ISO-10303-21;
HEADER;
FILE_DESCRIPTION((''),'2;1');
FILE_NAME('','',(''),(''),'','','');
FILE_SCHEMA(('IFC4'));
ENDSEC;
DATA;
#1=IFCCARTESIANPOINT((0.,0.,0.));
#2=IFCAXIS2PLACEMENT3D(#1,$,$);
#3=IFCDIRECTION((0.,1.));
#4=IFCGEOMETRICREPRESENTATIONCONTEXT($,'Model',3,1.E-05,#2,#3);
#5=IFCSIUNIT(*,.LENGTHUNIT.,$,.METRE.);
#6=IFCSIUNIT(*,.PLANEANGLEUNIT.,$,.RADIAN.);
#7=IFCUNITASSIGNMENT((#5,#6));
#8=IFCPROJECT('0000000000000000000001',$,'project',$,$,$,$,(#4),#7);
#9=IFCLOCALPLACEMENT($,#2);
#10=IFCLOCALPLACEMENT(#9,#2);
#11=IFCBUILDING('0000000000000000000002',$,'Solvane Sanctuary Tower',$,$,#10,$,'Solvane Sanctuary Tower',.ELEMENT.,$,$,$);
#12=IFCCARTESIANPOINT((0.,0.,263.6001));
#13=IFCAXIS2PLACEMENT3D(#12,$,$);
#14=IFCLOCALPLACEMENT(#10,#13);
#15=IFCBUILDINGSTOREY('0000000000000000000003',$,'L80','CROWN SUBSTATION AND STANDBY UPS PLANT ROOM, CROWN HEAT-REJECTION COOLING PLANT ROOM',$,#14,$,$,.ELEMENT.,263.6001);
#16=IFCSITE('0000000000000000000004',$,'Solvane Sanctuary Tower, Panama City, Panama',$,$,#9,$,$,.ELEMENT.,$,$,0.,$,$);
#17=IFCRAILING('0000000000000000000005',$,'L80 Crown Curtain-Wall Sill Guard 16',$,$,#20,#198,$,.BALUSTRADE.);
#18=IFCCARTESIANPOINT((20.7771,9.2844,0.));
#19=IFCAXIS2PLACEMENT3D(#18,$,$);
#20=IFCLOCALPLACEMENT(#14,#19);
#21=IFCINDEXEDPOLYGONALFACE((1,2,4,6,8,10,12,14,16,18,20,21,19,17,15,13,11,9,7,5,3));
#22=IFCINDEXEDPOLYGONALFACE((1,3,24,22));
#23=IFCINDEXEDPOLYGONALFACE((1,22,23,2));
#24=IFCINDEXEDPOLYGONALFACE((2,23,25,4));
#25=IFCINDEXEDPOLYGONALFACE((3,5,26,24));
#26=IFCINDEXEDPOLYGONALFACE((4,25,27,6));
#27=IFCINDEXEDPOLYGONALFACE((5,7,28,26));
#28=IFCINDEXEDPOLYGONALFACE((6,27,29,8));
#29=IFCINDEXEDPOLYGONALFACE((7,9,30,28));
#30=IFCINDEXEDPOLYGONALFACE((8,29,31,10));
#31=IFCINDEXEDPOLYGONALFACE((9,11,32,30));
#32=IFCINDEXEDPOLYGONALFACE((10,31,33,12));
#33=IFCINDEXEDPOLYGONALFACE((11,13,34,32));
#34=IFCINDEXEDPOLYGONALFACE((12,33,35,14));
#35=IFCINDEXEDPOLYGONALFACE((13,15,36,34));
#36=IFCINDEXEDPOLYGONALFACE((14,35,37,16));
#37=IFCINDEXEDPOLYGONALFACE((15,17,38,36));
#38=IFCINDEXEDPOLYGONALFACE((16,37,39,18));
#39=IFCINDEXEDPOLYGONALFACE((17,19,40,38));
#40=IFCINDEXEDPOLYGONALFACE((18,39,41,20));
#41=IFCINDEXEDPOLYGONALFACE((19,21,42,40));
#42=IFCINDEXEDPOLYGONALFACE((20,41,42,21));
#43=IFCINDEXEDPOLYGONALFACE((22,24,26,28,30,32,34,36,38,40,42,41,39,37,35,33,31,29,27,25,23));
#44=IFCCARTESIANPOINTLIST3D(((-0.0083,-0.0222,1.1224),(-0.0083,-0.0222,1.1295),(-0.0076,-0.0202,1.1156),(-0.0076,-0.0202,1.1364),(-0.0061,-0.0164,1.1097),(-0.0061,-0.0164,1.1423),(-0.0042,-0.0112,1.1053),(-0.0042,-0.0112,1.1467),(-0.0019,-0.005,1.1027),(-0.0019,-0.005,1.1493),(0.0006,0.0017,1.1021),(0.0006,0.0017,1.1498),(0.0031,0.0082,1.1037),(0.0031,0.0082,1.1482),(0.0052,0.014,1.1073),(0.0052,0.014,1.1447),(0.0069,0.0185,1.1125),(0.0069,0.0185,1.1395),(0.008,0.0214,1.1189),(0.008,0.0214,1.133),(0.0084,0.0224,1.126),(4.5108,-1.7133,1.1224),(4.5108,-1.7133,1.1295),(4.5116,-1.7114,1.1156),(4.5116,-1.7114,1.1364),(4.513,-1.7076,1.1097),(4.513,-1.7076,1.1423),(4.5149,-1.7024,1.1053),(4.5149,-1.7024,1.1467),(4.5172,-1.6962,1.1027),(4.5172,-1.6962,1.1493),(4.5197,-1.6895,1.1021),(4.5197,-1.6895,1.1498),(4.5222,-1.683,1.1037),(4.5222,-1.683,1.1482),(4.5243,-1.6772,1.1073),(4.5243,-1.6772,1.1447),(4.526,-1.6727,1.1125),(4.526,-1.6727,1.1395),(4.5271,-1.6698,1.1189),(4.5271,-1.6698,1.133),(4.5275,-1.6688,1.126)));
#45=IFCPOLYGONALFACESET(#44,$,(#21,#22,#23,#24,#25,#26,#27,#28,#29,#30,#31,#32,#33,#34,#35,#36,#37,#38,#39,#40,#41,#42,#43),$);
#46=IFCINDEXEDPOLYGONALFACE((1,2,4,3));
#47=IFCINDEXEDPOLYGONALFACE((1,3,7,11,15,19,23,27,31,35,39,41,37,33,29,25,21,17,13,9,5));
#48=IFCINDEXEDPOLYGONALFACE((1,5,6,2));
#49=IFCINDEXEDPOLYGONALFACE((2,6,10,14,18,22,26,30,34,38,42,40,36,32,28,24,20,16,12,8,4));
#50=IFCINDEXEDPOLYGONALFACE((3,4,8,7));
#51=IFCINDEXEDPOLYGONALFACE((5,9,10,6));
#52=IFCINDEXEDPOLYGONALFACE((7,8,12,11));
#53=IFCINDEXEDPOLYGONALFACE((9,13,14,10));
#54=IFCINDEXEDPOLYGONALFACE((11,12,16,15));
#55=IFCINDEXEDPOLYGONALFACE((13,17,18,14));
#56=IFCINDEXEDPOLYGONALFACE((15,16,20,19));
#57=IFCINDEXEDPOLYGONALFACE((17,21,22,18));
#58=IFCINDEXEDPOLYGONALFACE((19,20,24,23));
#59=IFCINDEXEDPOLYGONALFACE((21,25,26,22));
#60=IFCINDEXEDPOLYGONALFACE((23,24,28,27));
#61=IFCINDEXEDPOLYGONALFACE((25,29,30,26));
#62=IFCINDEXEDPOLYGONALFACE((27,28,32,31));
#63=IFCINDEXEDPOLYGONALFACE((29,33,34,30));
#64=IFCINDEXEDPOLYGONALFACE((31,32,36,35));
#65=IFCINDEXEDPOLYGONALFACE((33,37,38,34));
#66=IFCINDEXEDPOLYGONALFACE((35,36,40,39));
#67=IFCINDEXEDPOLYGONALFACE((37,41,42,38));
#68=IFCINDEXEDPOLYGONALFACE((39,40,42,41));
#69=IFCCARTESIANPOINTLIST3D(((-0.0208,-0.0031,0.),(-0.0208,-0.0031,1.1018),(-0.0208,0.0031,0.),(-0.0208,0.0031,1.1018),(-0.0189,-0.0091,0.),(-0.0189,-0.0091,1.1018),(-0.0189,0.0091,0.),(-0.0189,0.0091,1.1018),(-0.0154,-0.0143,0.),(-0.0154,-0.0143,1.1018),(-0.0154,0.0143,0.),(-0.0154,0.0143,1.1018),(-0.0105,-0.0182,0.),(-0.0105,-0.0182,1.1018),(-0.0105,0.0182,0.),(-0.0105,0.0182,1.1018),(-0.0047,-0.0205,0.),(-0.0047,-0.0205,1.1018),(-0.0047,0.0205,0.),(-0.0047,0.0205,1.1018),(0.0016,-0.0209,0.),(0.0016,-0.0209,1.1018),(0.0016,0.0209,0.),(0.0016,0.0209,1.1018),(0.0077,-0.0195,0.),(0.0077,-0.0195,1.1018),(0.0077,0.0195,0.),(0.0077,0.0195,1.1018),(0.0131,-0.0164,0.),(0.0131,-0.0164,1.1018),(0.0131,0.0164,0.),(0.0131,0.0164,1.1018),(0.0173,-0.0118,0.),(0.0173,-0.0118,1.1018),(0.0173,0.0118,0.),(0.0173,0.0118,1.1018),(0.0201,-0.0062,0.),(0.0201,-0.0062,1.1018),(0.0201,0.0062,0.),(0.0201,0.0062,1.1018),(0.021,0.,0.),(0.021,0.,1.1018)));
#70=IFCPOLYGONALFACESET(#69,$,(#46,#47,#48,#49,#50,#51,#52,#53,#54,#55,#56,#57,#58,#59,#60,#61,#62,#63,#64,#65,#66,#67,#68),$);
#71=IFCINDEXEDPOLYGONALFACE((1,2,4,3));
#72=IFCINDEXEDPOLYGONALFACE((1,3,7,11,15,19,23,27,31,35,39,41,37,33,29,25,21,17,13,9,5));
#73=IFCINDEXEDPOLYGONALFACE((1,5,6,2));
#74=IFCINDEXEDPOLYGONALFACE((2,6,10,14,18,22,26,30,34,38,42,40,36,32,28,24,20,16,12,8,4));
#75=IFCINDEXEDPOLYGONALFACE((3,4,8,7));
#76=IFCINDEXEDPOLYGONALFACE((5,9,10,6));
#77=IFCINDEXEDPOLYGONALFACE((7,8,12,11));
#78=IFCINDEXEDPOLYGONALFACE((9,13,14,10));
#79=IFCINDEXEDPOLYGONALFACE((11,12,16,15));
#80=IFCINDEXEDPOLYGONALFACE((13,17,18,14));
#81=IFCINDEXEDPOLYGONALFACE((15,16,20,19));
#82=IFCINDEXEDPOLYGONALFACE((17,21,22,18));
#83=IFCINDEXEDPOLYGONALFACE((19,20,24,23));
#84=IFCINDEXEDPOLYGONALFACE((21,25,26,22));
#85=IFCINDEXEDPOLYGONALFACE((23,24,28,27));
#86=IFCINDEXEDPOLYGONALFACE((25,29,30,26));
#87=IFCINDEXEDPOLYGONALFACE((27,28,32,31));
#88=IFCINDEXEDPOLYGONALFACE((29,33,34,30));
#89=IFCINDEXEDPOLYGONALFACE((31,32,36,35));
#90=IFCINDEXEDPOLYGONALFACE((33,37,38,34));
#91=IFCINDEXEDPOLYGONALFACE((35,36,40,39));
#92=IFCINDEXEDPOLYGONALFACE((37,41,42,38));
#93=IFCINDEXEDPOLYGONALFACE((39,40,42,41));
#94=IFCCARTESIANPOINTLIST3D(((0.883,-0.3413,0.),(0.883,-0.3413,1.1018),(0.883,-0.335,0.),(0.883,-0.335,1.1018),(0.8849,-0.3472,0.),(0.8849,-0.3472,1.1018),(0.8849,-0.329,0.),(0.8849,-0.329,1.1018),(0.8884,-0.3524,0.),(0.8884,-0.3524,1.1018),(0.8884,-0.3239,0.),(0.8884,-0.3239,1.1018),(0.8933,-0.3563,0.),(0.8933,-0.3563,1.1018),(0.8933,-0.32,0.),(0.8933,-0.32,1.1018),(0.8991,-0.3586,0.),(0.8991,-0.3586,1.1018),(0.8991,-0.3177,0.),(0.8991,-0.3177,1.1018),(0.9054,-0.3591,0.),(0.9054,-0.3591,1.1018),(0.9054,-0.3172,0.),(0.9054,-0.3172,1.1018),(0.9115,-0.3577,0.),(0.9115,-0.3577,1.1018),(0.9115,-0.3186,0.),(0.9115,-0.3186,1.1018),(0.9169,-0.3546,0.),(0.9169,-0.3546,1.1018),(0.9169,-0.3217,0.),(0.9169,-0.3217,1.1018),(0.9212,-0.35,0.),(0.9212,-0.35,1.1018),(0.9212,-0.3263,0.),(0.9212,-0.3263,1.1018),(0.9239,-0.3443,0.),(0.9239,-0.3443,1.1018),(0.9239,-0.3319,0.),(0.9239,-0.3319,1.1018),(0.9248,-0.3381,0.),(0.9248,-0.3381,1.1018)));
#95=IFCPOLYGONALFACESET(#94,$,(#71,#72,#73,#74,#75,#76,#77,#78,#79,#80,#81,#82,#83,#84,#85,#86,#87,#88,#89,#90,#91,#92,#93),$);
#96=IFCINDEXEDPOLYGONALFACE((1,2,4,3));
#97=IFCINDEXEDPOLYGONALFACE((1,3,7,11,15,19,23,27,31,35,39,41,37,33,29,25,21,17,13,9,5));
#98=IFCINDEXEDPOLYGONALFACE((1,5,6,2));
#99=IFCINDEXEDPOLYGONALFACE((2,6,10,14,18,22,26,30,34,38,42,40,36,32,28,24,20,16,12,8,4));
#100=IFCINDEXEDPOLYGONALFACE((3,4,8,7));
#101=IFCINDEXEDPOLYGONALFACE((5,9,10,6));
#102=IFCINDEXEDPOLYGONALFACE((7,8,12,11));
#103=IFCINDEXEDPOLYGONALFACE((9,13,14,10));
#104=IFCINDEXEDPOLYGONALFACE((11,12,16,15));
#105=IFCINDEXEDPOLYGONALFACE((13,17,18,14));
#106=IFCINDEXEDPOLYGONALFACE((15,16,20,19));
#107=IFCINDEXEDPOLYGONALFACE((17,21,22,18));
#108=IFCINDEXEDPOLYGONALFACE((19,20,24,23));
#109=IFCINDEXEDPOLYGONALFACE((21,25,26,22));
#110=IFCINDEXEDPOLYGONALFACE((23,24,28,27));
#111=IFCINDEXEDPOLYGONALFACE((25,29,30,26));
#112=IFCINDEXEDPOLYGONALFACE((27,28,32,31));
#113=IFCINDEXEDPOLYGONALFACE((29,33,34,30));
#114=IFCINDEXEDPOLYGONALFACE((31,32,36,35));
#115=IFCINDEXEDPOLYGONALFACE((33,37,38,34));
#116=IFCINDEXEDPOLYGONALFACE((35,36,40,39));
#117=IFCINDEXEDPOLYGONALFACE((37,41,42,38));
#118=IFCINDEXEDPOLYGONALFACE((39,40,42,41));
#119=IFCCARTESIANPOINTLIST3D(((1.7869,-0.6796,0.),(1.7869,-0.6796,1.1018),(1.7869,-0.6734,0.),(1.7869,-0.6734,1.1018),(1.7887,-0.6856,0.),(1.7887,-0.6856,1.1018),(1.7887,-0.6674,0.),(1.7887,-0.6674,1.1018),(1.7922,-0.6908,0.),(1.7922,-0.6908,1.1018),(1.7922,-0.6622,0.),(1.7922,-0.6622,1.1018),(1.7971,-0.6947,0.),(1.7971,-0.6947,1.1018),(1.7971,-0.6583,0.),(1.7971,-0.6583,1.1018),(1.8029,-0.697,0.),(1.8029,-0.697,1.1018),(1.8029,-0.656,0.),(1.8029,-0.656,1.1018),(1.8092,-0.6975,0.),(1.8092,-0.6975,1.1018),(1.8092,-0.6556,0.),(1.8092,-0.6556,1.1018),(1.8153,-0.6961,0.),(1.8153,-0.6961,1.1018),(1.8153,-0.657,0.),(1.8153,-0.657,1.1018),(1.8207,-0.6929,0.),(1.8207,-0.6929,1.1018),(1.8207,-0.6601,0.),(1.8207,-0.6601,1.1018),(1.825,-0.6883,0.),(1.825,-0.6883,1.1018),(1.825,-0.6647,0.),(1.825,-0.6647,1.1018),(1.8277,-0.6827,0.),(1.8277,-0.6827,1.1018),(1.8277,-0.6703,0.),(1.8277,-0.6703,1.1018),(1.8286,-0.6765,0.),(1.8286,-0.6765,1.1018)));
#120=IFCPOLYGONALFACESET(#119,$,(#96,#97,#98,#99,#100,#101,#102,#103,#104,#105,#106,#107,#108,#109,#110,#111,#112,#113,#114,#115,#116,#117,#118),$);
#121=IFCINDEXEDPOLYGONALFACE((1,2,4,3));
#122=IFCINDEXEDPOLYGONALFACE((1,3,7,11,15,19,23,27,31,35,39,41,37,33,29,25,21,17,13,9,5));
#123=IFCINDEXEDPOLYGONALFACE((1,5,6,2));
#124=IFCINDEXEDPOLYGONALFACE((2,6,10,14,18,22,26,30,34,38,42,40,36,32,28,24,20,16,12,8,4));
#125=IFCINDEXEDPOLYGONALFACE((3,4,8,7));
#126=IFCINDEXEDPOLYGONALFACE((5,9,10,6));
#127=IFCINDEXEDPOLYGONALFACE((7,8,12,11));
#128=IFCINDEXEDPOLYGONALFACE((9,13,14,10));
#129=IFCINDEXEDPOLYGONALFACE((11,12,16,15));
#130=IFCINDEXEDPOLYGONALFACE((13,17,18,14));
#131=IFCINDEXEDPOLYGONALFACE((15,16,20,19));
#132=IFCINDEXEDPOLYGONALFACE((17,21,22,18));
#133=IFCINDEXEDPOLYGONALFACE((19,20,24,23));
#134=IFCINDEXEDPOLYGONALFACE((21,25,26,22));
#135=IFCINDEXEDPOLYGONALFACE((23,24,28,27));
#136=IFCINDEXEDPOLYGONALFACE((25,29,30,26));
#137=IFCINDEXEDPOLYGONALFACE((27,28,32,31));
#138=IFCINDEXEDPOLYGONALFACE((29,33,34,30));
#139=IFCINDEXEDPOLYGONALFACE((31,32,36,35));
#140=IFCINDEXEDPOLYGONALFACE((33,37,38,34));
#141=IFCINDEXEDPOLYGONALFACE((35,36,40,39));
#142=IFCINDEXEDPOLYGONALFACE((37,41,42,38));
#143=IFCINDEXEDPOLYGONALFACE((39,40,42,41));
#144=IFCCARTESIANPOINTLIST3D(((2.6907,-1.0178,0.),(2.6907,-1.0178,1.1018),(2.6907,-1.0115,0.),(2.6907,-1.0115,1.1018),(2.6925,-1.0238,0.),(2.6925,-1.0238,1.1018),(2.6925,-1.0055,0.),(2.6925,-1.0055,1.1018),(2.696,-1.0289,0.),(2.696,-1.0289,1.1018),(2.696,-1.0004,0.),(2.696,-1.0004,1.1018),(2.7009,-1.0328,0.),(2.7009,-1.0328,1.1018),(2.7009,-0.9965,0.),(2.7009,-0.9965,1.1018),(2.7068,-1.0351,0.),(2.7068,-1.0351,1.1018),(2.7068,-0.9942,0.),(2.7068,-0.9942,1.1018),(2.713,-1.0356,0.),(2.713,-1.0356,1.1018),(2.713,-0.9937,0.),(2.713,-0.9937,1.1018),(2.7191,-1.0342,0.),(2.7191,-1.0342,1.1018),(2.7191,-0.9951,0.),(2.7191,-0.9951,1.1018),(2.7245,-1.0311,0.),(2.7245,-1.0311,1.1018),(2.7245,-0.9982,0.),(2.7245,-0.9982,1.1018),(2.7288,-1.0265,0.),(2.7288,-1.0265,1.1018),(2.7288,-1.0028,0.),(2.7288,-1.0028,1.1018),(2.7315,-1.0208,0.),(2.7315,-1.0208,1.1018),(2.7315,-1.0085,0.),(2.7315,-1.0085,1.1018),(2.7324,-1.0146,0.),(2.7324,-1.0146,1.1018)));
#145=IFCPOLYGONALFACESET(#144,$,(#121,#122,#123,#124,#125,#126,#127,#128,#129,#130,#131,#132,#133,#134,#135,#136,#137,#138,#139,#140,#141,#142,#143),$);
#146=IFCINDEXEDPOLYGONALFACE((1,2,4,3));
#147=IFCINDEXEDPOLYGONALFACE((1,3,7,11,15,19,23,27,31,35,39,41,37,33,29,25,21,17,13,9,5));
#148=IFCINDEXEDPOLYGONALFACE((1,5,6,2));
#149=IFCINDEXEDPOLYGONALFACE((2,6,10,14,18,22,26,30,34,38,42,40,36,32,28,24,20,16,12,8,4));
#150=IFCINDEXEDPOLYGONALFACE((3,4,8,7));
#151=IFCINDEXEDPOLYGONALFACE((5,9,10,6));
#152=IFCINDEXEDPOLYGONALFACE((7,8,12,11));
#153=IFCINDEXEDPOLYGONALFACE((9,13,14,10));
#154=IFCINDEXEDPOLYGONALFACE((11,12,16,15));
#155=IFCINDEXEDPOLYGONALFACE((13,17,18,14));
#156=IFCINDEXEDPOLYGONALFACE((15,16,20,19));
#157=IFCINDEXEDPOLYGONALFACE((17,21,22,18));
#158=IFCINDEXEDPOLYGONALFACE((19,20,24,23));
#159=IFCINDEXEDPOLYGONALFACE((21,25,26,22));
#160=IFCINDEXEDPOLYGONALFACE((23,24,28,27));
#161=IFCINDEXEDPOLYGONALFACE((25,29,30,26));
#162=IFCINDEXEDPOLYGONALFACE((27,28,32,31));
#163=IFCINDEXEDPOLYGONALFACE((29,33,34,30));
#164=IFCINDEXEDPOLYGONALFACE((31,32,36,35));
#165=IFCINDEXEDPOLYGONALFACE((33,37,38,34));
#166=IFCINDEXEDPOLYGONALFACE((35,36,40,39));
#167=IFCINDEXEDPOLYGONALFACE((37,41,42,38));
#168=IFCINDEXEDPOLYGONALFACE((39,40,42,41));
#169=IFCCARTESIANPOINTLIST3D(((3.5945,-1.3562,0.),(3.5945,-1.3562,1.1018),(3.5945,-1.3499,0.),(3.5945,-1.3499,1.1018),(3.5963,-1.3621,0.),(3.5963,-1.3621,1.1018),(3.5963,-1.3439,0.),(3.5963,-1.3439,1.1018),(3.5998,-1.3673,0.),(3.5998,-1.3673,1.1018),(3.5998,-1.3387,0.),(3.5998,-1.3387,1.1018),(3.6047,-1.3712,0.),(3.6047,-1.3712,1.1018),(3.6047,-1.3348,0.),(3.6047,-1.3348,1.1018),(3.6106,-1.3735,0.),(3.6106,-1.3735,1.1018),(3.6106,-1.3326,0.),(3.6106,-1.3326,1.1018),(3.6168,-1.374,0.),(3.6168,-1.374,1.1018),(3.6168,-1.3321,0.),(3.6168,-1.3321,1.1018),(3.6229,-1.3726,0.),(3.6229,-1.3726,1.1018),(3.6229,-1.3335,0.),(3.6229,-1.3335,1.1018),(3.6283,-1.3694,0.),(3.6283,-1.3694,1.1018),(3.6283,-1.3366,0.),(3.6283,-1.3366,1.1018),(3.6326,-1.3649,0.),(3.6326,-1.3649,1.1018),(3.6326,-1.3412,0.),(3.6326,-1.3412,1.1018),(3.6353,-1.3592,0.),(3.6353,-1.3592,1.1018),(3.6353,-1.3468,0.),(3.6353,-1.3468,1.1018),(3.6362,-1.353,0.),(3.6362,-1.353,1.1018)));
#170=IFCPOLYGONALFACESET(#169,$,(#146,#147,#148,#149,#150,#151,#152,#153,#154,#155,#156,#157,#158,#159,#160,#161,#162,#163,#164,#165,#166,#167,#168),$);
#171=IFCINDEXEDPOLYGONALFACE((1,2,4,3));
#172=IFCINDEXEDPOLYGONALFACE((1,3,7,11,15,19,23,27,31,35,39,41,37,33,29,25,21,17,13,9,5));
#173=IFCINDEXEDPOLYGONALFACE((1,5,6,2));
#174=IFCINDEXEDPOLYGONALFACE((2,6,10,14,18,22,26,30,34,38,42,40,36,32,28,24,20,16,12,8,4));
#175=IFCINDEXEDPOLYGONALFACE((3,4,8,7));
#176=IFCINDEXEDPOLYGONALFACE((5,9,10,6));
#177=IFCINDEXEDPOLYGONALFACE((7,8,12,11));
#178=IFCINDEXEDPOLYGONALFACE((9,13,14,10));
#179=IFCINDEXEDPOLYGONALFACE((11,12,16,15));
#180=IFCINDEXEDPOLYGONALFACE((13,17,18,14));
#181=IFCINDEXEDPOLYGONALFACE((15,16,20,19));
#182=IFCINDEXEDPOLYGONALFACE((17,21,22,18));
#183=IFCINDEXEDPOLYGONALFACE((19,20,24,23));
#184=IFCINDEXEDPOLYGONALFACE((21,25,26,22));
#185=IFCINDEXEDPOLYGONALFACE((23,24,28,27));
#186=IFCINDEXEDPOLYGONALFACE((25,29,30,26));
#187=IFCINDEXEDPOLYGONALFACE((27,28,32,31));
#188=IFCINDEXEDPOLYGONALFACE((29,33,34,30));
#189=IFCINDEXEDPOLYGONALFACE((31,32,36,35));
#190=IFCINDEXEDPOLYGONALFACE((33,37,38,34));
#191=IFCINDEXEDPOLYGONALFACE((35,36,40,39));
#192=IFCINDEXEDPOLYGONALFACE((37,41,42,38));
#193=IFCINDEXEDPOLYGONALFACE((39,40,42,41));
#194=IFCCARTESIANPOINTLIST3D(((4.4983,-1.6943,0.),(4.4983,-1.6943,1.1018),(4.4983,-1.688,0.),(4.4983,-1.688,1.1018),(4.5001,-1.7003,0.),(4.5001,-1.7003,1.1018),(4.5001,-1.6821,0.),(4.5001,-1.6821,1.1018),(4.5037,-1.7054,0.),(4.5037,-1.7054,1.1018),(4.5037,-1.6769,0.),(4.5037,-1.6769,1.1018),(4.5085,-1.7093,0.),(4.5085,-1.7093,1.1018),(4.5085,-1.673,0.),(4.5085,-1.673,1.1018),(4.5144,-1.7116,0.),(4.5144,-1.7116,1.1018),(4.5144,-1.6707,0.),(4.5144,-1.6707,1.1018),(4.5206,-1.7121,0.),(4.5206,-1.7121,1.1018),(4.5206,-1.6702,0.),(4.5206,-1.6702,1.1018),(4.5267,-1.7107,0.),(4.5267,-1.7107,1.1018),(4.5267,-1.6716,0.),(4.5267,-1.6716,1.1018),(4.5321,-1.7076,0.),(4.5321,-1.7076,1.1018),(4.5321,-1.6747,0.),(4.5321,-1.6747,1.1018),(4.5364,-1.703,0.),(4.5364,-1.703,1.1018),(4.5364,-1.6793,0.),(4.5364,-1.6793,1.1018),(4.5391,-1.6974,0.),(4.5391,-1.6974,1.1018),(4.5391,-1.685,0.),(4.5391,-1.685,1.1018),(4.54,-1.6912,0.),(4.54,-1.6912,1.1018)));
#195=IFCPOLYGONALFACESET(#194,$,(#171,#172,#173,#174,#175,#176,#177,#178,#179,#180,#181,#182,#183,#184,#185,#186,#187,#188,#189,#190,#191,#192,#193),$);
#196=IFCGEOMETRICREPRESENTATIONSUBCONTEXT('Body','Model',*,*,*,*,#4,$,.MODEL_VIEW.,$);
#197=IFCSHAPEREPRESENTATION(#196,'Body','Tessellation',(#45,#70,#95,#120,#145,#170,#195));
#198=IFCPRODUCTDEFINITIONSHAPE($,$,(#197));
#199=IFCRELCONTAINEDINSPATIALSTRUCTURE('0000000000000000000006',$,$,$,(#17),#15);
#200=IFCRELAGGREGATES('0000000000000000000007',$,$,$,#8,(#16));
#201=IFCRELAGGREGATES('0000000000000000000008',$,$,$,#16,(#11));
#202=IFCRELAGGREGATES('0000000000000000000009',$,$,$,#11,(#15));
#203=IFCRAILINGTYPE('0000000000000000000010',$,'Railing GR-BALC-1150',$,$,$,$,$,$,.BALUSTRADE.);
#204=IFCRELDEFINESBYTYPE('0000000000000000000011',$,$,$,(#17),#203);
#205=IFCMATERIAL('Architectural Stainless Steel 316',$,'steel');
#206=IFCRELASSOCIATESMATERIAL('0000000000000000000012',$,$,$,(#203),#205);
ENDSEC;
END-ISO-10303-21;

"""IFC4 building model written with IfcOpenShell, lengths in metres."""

from ifc_helpers import new_model, si_unit, direction, frame, origin, origin_2d, place, context, subcontext, project, spatial, circle, extrude, material, type_object, element, save


model = new_model("IFC4")

# Units and contexts
model_context = context("Model", 3, precision=1e-05, world=origin(), true_north=direction((0.0, 1.0)))
body_context = subcontext(model_context, "Body", "Model", "MODEL_VIEW")
ifc_project = project(units=[si_unit("LENGTHUNIT", "METRE"), si_unit("PLANEANGLEUNIT", "RADIAN")], contexts=[model_context])

# Site, building, storey
site_placement = place(None, origin())
site = spatial("IfcSite", under=ifc_project, at=site_placement, Name="Solvane Sanctuary Tower, Panama City, Panama", CompositionType="ELEMENT", RefElevation=0.0)
building_placement = place(site_placement, origin())
building = spatial("IfcBuilding", under=site, at=building_placement, Name="Solvane Sanctuary Tower", LongName="Solvane Sanctuary Tower", CompositionType="ELEMENT")
storey_placement = place(building_placement, frame((0.0, 0.0, 263.6001)))
storey = spatial("IfcBuildingStorey", under=building, at=storey_placement, Name="L80", Description="CROWN SUBSTATION AND STANDBY UPS PLANT ROOM, CROWN HEAT-REJECTION COOLING PLANT ROOM", CompositionType="ELEMENT", Elevation=263.6001)

# Railing
ifc_material_1 = material(Name="Architectural Stainless Steel 316", Category="steel")
railing_type = type_object("IfcRailingType", Name="Railing GR-BALC-1150", PredefinedType="BALUSTRADE", material=ifc_material_1)
railing_1_placement = place(storey_placement, frame((20.7771, 9.2844, 0.0)))
element("IfcRailing", 1, at=railing_1_placement, inside=storey, type_object=railing_type, Name="L80 Crown Curtain-Wall Sill Guard 16", PredefinedType="BALUSTRADE", context=body_context, shape_type="SweptSolid", body=[
    extrude(circle(Radius=0.0239, at=origin_2d()), frame((0.0, 0.0, 1.126), z_axis=(0.936566, -0.350491, 0.0), x_axis=(0.350491, 0.936566, 0.0)), (0.0, 0.0, 1.0), 4.8252),
    extrude(circle(Radius=0.021, at=origin_2d()), origin(), (0.0, 0.0, 1.0), 1.1018),
    extrude(circle(Radius=0.021, at=origin_2d()), frame((0.9038, -0.3381, 0.0)), (0.0, 0.0, 1.0), 1.1018),
    extrude(circle(Radius=0.021, at=origin_2d()), frame((1.8076, -0.6765, 0.0)), (0.0, 0.0, 1.0), 1.1018),
    extrude(circle(Radius=0.021, at=origin_2d()), frame((2.7114, -1.0146, 0.0)), (0.0, 0.0, 1.0), 1.1018),
    extrude(circle(Radius=0.021, at=origin_2d()), frame((3.6152, -1.353, 0.0)), (0.0, 0.0, 1.0), 1.1018),
    extrude(circle(Radius=0.021, at=origin_2d()), frame((4.519, -1.6912, 0.0)), (0.0, 0.0, 1.0), 1.1018),
])

save(model, "model.ifc")
